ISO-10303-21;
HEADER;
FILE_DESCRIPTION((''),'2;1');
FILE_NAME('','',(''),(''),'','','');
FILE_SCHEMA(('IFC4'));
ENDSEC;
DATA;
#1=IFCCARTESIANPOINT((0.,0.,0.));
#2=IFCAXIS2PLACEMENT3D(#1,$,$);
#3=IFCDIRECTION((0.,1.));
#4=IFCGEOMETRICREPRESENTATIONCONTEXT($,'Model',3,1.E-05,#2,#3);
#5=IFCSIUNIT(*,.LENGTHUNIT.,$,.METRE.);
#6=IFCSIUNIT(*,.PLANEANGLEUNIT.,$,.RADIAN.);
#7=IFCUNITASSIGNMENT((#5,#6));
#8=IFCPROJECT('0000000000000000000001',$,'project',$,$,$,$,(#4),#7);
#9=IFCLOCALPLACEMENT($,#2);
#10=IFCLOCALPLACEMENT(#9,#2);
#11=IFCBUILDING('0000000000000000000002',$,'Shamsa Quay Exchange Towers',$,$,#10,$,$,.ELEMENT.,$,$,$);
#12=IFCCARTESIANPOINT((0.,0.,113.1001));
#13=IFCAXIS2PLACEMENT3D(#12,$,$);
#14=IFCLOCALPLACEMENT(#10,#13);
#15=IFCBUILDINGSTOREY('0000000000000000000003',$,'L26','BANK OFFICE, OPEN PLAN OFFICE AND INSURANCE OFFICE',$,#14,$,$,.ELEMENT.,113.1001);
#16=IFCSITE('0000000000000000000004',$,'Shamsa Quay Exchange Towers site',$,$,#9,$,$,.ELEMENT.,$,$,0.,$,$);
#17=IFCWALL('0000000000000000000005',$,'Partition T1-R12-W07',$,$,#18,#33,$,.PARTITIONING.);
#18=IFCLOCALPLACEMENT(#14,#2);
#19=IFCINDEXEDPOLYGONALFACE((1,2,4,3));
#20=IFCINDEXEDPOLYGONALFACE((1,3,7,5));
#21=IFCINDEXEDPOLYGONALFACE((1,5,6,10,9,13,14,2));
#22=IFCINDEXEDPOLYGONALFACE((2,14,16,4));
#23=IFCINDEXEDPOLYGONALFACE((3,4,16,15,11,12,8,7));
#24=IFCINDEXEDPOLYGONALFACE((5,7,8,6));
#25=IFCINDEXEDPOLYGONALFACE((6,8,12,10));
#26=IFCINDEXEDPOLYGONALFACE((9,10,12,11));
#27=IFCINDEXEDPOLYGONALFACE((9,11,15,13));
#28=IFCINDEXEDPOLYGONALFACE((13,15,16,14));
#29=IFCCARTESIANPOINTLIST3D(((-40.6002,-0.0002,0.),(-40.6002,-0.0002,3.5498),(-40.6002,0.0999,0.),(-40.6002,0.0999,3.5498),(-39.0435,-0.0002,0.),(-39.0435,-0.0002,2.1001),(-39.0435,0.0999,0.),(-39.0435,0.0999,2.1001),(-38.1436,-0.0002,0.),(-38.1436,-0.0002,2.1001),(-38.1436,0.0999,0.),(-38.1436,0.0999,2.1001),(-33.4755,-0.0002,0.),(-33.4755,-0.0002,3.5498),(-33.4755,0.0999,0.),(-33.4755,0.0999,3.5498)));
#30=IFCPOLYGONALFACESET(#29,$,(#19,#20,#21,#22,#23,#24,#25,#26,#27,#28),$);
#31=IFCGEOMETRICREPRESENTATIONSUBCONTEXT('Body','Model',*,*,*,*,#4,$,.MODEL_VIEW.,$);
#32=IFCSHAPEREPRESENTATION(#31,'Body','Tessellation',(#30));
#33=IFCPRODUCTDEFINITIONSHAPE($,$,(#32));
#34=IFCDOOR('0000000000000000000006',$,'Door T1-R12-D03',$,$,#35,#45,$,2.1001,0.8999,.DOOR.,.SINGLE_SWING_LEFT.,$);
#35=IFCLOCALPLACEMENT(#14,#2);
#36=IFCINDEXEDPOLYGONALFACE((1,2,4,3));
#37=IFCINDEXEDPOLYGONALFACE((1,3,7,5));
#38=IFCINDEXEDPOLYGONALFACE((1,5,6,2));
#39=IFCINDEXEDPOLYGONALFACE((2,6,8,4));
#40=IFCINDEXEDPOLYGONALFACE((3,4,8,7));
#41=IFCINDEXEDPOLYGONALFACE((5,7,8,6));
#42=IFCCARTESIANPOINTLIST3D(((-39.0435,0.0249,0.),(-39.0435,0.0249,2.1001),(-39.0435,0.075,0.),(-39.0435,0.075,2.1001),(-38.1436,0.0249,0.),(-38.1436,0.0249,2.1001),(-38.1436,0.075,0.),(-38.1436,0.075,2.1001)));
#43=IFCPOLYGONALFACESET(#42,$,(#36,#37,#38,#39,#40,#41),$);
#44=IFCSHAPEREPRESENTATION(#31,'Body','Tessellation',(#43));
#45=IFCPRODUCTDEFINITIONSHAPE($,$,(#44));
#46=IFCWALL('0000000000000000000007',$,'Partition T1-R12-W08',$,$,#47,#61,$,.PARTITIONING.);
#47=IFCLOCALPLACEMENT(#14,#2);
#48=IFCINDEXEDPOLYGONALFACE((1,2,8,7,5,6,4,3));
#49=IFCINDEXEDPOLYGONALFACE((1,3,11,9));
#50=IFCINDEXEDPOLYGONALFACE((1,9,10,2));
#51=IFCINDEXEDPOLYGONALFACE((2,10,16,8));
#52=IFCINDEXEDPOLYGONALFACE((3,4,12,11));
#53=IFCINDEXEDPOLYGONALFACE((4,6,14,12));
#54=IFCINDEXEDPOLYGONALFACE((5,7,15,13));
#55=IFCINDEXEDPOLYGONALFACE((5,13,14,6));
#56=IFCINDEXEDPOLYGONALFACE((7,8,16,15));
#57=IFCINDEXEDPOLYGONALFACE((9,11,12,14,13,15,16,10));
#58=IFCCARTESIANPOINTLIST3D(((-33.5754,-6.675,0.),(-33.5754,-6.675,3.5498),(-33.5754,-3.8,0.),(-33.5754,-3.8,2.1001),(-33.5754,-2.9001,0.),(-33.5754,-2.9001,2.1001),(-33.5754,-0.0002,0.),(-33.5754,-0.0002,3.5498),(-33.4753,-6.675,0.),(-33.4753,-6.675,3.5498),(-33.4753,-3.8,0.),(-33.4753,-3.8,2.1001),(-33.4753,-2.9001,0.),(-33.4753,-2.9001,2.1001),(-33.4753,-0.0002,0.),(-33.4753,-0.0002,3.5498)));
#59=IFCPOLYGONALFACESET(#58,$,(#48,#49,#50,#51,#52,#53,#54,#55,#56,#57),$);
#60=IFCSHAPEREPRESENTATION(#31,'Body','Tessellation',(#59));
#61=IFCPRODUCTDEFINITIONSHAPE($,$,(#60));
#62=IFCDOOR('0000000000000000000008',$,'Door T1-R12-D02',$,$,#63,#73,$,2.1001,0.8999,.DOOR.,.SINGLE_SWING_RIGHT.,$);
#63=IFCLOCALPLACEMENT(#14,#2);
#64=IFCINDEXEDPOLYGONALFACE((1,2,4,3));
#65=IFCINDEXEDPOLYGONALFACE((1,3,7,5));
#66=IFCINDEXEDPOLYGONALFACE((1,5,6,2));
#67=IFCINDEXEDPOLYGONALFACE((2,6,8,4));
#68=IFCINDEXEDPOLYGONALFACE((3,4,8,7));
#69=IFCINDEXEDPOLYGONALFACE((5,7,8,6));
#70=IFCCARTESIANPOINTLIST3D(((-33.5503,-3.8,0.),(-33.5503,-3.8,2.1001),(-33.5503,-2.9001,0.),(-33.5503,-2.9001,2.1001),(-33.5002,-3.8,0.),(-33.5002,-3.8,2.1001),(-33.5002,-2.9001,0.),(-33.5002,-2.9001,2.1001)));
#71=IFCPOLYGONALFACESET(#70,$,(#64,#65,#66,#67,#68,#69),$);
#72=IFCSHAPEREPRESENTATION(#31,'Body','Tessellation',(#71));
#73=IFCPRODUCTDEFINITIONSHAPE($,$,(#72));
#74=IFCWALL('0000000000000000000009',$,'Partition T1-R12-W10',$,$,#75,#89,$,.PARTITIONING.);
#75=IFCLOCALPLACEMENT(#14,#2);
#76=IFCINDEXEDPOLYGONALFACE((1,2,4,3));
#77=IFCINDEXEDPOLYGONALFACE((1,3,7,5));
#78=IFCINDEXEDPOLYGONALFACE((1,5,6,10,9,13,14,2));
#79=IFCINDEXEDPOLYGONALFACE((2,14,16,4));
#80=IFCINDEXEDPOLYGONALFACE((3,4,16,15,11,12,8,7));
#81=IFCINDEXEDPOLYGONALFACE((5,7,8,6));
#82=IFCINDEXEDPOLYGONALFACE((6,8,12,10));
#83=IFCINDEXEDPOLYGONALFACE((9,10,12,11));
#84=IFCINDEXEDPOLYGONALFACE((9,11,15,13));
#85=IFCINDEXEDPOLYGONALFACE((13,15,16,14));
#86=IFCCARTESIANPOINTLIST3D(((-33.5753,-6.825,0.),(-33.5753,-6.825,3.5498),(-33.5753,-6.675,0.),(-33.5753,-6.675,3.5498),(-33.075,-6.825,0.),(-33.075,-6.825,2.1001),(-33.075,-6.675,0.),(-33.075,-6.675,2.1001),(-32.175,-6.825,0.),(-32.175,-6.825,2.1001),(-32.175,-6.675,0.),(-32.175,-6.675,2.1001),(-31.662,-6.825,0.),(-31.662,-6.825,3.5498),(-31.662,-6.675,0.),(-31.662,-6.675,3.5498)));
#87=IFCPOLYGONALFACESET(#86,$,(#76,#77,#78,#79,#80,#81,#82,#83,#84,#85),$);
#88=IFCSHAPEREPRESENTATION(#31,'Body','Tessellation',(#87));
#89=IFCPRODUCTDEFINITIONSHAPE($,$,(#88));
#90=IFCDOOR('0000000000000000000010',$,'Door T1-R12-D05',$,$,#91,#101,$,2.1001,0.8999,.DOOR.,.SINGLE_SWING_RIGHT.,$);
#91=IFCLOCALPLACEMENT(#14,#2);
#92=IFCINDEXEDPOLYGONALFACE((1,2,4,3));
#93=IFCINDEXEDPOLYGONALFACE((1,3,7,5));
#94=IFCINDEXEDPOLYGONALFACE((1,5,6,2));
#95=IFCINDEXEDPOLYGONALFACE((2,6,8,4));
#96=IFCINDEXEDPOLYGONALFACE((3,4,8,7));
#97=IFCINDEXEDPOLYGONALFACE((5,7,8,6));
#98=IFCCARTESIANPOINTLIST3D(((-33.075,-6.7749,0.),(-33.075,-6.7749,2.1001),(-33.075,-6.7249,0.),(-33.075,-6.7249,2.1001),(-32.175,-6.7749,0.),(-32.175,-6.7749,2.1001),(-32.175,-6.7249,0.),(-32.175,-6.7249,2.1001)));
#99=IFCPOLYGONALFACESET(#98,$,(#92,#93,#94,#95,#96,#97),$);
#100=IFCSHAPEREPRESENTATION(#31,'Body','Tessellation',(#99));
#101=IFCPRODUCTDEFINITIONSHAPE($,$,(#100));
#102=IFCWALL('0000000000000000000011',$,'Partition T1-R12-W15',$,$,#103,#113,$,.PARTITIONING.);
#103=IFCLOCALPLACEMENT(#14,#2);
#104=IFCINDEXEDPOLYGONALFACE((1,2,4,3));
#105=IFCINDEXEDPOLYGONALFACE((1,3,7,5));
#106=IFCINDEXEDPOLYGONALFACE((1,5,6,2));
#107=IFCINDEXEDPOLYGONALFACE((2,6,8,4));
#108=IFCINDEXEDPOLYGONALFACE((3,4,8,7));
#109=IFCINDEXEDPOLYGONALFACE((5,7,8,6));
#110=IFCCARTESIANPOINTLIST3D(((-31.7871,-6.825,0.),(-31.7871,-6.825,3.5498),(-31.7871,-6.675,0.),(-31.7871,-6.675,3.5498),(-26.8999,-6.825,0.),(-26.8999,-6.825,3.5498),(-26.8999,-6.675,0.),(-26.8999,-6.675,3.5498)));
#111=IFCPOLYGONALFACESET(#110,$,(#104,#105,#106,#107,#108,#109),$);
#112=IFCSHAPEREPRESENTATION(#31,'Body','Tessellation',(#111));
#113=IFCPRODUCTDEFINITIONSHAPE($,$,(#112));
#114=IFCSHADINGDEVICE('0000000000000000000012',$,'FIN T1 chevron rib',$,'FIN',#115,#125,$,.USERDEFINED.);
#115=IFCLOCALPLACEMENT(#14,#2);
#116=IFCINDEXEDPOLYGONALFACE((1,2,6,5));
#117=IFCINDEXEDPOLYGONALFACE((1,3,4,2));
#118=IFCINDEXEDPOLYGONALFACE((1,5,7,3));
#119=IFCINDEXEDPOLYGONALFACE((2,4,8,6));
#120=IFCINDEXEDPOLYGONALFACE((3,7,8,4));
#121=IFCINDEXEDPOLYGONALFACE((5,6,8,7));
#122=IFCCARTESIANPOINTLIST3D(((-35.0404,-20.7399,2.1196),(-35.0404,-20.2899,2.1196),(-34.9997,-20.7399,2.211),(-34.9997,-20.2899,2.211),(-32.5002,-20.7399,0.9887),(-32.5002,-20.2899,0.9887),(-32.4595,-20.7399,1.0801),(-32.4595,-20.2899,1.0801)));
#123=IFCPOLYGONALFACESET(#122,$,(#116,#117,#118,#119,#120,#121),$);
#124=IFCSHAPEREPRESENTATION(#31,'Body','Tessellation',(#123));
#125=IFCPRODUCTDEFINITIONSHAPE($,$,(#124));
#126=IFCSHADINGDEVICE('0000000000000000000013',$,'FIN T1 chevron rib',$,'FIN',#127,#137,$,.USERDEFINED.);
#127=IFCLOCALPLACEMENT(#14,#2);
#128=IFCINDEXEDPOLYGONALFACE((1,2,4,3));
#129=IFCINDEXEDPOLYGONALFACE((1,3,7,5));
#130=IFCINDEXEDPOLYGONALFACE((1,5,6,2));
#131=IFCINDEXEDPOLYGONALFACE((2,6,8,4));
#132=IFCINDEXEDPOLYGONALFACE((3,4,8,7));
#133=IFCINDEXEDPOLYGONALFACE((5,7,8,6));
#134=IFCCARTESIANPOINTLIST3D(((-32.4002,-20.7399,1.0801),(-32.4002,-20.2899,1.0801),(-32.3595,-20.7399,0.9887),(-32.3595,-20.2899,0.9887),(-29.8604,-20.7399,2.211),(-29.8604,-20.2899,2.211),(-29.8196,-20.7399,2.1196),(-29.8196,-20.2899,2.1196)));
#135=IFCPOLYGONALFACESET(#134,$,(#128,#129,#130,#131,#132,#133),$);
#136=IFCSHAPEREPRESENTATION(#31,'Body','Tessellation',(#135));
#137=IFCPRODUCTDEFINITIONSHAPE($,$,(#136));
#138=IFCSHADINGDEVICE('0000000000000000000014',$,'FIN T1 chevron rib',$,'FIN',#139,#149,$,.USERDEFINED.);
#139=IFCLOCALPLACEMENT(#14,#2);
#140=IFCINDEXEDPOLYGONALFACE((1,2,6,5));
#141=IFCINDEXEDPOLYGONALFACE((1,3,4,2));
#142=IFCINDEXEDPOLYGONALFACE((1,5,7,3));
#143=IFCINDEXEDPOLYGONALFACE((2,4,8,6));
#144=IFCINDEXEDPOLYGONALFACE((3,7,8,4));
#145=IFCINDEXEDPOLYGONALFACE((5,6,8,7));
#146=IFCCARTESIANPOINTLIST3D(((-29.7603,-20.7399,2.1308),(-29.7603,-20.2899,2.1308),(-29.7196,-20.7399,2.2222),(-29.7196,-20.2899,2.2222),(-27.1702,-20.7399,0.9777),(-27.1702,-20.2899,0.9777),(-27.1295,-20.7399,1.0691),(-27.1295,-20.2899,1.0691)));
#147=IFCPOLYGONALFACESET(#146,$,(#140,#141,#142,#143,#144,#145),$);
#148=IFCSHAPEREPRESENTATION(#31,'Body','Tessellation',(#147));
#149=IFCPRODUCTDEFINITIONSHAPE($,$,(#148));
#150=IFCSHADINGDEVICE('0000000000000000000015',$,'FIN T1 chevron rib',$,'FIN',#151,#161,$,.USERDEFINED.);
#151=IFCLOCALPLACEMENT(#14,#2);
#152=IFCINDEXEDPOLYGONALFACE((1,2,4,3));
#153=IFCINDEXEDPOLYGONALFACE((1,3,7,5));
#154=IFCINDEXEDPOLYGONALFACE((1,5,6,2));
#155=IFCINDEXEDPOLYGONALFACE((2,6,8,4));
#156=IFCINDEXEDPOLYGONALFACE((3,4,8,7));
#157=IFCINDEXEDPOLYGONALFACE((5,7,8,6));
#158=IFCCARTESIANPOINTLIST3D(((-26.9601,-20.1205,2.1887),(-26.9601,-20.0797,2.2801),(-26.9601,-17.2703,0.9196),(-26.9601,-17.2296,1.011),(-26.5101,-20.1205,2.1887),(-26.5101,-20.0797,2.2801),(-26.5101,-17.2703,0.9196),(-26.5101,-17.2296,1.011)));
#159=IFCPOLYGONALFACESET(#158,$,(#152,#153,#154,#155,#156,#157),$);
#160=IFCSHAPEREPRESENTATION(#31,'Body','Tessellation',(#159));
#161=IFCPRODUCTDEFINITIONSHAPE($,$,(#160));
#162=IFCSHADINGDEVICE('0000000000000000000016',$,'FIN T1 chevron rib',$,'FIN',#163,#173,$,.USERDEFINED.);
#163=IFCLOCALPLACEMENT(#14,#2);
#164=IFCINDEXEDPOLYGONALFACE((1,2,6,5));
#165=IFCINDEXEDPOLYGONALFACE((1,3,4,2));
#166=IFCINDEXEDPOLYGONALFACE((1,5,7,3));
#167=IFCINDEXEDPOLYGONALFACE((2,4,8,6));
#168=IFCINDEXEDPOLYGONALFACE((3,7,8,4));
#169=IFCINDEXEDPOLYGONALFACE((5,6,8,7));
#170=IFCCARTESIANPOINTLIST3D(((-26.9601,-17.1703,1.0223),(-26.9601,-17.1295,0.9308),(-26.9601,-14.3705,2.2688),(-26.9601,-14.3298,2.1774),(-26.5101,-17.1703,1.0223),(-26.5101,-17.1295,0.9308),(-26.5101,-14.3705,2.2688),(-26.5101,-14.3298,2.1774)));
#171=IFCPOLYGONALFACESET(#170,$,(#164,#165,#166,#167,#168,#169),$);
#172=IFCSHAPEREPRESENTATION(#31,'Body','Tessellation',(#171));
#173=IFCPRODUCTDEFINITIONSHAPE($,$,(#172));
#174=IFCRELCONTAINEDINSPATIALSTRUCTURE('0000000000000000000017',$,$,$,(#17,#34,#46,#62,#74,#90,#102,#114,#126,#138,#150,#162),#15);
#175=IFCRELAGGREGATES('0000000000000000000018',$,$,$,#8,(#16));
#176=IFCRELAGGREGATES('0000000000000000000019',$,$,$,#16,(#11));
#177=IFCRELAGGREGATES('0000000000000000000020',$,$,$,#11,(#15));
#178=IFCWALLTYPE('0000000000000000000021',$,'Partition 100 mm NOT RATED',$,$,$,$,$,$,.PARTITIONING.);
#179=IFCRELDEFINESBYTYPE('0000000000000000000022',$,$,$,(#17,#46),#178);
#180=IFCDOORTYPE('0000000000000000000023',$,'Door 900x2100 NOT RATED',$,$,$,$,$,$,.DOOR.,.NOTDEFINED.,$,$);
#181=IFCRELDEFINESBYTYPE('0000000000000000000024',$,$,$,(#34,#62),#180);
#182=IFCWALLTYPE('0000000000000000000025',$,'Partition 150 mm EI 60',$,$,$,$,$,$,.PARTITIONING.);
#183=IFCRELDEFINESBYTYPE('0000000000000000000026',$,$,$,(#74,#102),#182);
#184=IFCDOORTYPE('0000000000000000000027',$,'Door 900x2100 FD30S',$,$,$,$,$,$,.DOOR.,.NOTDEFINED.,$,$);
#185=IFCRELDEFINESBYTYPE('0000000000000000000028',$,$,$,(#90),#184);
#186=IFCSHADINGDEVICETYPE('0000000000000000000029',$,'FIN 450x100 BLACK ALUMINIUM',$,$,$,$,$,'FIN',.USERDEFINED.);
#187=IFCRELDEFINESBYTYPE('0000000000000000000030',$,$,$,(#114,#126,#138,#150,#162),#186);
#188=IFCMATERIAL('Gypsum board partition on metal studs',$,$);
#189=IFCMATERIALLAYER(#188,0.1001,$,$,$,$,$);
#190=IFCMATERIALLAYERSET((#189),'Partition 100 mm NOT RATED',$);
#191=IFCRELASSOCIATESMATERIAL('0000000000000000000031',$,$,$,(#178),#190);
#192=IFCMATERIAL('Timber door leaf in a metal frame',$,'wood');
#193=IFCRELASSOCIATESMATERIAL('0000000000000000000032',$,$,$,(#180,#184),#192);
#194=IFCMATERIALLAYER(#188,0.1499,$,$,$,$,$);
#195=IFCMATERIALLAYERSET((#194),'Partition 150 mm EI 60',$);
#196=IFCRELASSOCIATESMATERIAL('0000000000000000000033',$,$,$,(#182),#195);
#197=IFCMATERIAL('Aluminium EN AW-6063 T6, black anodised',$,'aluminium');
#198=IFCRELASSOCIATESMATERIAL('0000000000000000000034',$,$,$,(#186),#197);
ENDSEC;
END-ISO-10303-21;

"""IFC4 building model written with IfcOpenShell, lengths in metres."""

from ifc_helpers import new_model, si_unit, direction, frame, frame_2d, origin, origin_2d, place, context, subcontext, project, spatial, rectangle, extrude, material, layer, layer_set, material_profile, profile_set, type_object, element, fill, save


model = new_model("IFC4")

# Units and contexts
model_context = context("Model", 3, precision=1e-05, world=origin(), true_north=direction((0.0, 1.0)))
body_context = subcontext(model_context, "Body", "Model", "MODEL_VIEW")
ifc_project = project(units=[si_unit("LENGTHUNIT", "METRE"), si_unit("PLANEANGLEUNIT", "RADIAN")], contexts=[model_context])

# Site, building, storey
site_placement = place(None, origin())
site = spatial("IfcSite", under=ifc_project, at=site_placement, Name="Shamsa Quay Exchange Towers site", CompositionType="ELEMENT", RefElevation=0.0)
building_placement = place(site_placement, origin())
building = spatial("IfcBuilding", under=site, at=building_placement, Name="Shamsa Quay Exchange Towers", CompositionType="ELEMENT")
storey_placement = place(building_placement, frame((0.0, 0.0, 113.1001)))
storey = spatial("IfcBuildingStorey", under=building, at=storey_placement, Name="L26", Description="BANK OFFICE, OPEN PLAN OFFICE AND INSURANCE OFFICE", CompositionType="ELEMENT", Elevation=113.1001)

# Shared definitions
ifc_material_1 = material(Name="Aluminium EN AW-6063 T6, black anodised", Category="aluminium")

# Walls, openings, doors
ifc_material_2 = material(Name="Gypsum board partition on metal studs")
ifc_layer_1 = layer(ifc_material_2, 0.1001)
ifc_layer_set_1 = layer_set([ifc_layer_1], Name="Partition 100 mm NOT RATED")
wall_type_1 = type_object("IfcWallType", Name="Partition 100 mm NOT RATED", PredefinedType="PARTITIONING", material=ifc_layer_set_1)
wall_1_placement = place(storey_placement, frame((-33.4753, 0.0498, 0.0), z_axis=(0.0, 0.0, 1.0), x_axis=(-1.0, 0.0, 0.0)))
wall_1 = element("IfcWall", 1, at=wall_1_placement, inside=storey, type_object=wall_type_1, Name="Partition T1-R12-W07", PredefinedType="PARTITIONING", context=body_context, shape_type="SweptSolid", body=[
    extrude(rectangle(XDim=7.1248, YDim=0.1001, at=frame_2d((3.5625, 0.0))), origin(), (0.0, 0.0, 1.0), 3.5498),
])
opening_1_placement = place(wall_1_placement, frame((4.6682, 0.0, 0.0)))
opening_1 = element("IfcOpeningElement", 2, at=opening_1_placement, cuts=wall_1, PredefinedType="OPENING", context=body_context, shape_type="SweptSolid", body=[
    extrude(rectangle(XDim=0.8999, YDim=2.1001, at=frame_2d((0.45, 1.05))), frame((0.0, 0.0601, 0.0), z_axis=(0.0, -1.0, 0.0), x_axis=(1.0, 0.0, 0.0)), (0.0, 0.0, 1.0), 0.1201),
])
ifc_material_3 = material(Name="Timber door leaf in a metal frame", Category="wood")
door_type_1 = type_object("IfcDoorType", Name="Door 900x2100 NOT RATED", OperationType="NOTDEFINED", PredefinedType="DOOR", material=ifc_material_3)
door_1_placement = place(opening_1_placement, origin())
door_1 = element("IfcDoor", 3, at=door_1_placement, inside=storey, type_object=door_type_1, Name="Door T1-R12-D03", OperationType="SINGLE_SWING_LEFT", OverallHeight=2.1001, OverallWidth=0.8999, PredefinedType="DOOR", context=body_context, shape_type="SweptSolid", body=[
    extrude(rectangle(XDim=0.8999, YDim=2.1001, at=frame_2d((0.45, 1.05))), frame((0.0, 0.0249, 0.0), z_axis=(0.0, -1.0, 0.0), x_axis=(1.0, 0.0, 0.0)), (0.0, 0.0, 1.0), 0.05),
])
fill(opening_1, door_1)
wall_2_placement = place(storey_placement, frame((-33.5254, -6.675, 0.0), z_axis=(0.0, 0.0, 1.0), x_axis=(0.0, 1.0, 0.0)))
wall_2 = element("IfcWall", 4, at=wall_2_placement, inside=storey, type_object=wall_type_1, Name="Partition T1-R12-W08", PredefinedType="PARTITIONING", context=body_context, shape_type="SweptSolid", body=[
    extrude(rectangle(XDim=6.6748, YDim=0.1001, at=frame_2d((3.3374, 0.0))), origin(), (0.0, 0.0, 1.0), 3.5498),
])
opening_2_placement = place(wall_2_placement, frame((2.875, 0.0, 0.0)))
opening_2 = element("IfcOpeningElement", 5, at=opening_2_placement, cuts=wall_2, PredefinedType="OPENING", context=body_context, shape_type="SweptSolid", body=[
    extrude(rectangle(XDim=0.8999, YDim=2.1001, at=frame_2d((0.45, 1.05))), frame((0.0, 0.0601, 0.0), z_axis=(0.0, -1.0, 0.0), x_axis=(1.0, 0.0, 0.0)), (0.0, 0.0, 1.0), 0.1201),
])
door_2_placement = place(opening_2_placement, origin())
door_2 = element("IfcDoor", 6, at=door_2_placement, inside=storey, type_object=door_type_1, Name="Door T1-R12-D02", OperationType="SINGLE_SWING_RIGHT", OverallHeight=2.1001, OverallWidth=0.8999, PredefinedType="DOOR", context=body_context, shape_type="SweptSolid", body=[
    extrude(rectangle(XDim=0.8999, YDim=2.1001, at=frame_2d((0.45, 1.05))), frame((0.0, 0.0249, 0.0), z_axis=(0.0, -1.0, 0.0), x_axis=(1.0, 0.0, 0.0)), (0.0, 0.0, 1.0), 0.05),
])
fill(opening_2, door_2)
ifc_layer_2 = layer(ifc_material_2, 0.1499)
ifc_layer_set_2 = layer_set([ifc_layer_2], Name="Partition 150 mm EI 60")
wall_type_2 = type_object("IfcWallType", Name="Partition 150 mm EI 60", PredefinedType="PARTITIONING", material=ifc_layer_set_2)
wall_3_placement = place(storey_placement, frame((-31.6621, -6.75, 0.0), z_axis=(0.0, 0.0, 1.0), x_axis=(-1.0, 0.0, 0.0)))
wall_3 = element("IfcWall", 7, at=wall_3_placement, inside=storey, type_object=wall_type_2, Name="Partition T1-R12-W10", PredefinedType="PARTITIONING", context=body_context, shape_type="SweptSolid", body=[
    extrude(rectangle(XDim=1.9133, YDim=0.1499, at=frame_2d((0.9565, 0.0))), origin(), (0.0, 0.0, 1.0), 3.5498),
])
opening_3_placement = place(wall_3_placement, frame((0.5129, 0.0, 0.0)))
opening_3 = element("IfcOpeningElement", 8, at=opening_3_placement, cuts=wall_3, PredefinedType="OPENING", context=body_context, shape_type="SweptSolid", body=[
    extrude(rectangle(XDim=0.8999, YDim=2.1001, at=frame_2d((0.45, 1.05))), frame((0.0, 0.085, 0.0), z_axis=(0.0, -1.0, 0.0), x_axis=(1.0, 0.0, 0.0)), (0.0, 0.0, 1.0), 0.1699),
])
door_type_2 = type_object("IfcDoorType", Name="Door 900x2100 FD30S", OperationType="NOTDEFINED", PredefinedType="DOOR", material=ifc_material_3)
door_3_placement = place(opening_3_placement, origin())
door_3 = element("IfcDoor", 9, at=door_3_placement, inside=storey, type_object=door_type_2, Name="Door T1-R12-D05", OperationType="SINGLE_SWING_RIGHT", OverallHeight=2.1001, OverallWidth=0.8999, PredefinedType="DOOR", context=body_context, shape_type="SweptSolid", body=[
    extrude(rectangle(XDim=0.8999, YDim=2.1001, at=frame_2d((0.45, 1.05))), frame((0.0, 0.0249, 0.0), z_axis=(0.0, -1.0, 0.0), x_axis=(1.0, 0.0, 0.0)), (0.0, 0.0, 1.0), 0.05),
])
fill(opening_3, door_3)

# Wall
wall_4_placement = place(storey_placement, frame((-31.7871, -6.75, 0.0)))
element("IfcWall", 10, at=wall_4_placement, inside=storey, type_object=wall_type_2, Name="Partition T1-R12-W15", PredefinedType="PARTITIONING", context=body_context, shape_type="SweptSolid", body=[
    extrude(rectangle(XDim=4.8872, YDim=0.1499, at=frame_2d((2.4436, 0.0))), origin(), (0.0, 0.0, 1.0), 3.5498),
])

# Shading devices
ifc_material_profile_1 = material_profile(ifc_material_1, rectangle(XDim=0.45, YDim=0.1001, at=origin_2d()), Name="FIN450x100")
ifc_profile_set_1 = profile_set([ifc_material_profile_1], Name="Aluminium EN AW-6063 T6, black anodised")
shading_device_type = type_object("IfcShadingDeviceType", Name="FIN 450x100 BLACK ALUMINIUM", ElementType="FIN", PredefinedType="USERDEFINED", material=ifc_profile_set_1)
shading_device_1_placement = place(storey_placement, frame((-35.02, -20.5149, 2.1653), z_axis=(0.913551, 0.0, -0.406725), x_axis=(0.0, 1.0, 0.0)))
element("IfcShadingDevice", 11, at=shading_device_1_placement, inside=storey, type_object=shading_device_type, Name="FIN T1 chevron rib", ObjectType="FIN", PredefinedType="USERDEFINED", context=body_context, shape_type="SweptSolid", body=[
    extrude(rectangle(XDim=0.45, YDim=0.1001, at=origin_2d()), origin(), (0.0, 0.0, 1.0), 2.7805),
])
shading_device_2_placement = place(storey_placement, frame((-32.3799, -20.5149, 1.0344), z_axis=(0.913536, 0.0, 0.406758), x_axis=(0.0, 1.0, 0.0)))
element("IfcShadingDevice", 12, at=shading_device_2_placement, inside=storey, type_object=shading_device_type, Name="FIN T1 chevron rib", ObjectType="FIN", PredefinedType="USERDEFINED", context=body_context, shape_type="SweptSolid", body=[
    extrude(rectangle(XDim=0.45, YDim=0.1001, at=origin_2d()), origin(), (0.0, 0.0, 1.0), 2.7803),
])
shading_device_3_placement = place(storey_placement, frame((-29.74, -20.5149, 2.1765), z_axis=(0.913559, 0.0, -0.406706), x_axis=(0.0, 1.0, 0.0)))
element("IfcShadingDevice", 13, at=shading_device_3_placement, inside=storey, type_object=shading_device_type, Name="FIN T1 chevron rib", ObjectType="FIN", PredefinedType="USERDEFINED", context=body_context, shape_type="SweptSolid", body=[
    extrude(rectangle(XDim=0.45, YDim=0.1001, at=origin_2d()), origin(), (0.0, 0.0, 1.0), 2.8352),
])
shading_device_4_placement = place(storey_placement, frame((-26.7351, -20.1001, 2.2344), z_axis=(0.0, 0.913534, -0.406763), x_axis=(-1.0, 0.0, 0.0)))
element("IfcShadingDevice", 14, at=shading_device_4_placement, inside=storey, type_object=shading_device_type, Name="FIN T1 chevron rib", ObjectType="FIN", PredefinedType="USERDEFINED", context=body_context, shape_type="SweptSolid", body=[
    extrude(rectangle(XDim=0.45, YDim=0.1001, at=origin_2d()), origin(), (0.0, 0.0, 1.0), 3.1199),
])
shading_device_5_placement = place(storey_placement, frame((-26.7351, -17.1499, 0.9766), z_axis=(0.0, 0.913542, 0.406744), x_axis=(-1.0, 0.0, 0.0)))
element("IfcShadingDevice", 15, at=shading_device_5_placement, inside=storey, type_object=shading_device_type, Name="FIN T1 chevron rib", ObjectType="FIN", PredefinedType="USERDEFINED", context=body_context, shape_type="SweptSolid", body=[
    extrude(rectangle(XDim=0.45, YDim=0.1001, at=origin_2d()), origin(), (0.0, 0.0, 1.0), 3.0647),
])

save(model, "model.ifc")
